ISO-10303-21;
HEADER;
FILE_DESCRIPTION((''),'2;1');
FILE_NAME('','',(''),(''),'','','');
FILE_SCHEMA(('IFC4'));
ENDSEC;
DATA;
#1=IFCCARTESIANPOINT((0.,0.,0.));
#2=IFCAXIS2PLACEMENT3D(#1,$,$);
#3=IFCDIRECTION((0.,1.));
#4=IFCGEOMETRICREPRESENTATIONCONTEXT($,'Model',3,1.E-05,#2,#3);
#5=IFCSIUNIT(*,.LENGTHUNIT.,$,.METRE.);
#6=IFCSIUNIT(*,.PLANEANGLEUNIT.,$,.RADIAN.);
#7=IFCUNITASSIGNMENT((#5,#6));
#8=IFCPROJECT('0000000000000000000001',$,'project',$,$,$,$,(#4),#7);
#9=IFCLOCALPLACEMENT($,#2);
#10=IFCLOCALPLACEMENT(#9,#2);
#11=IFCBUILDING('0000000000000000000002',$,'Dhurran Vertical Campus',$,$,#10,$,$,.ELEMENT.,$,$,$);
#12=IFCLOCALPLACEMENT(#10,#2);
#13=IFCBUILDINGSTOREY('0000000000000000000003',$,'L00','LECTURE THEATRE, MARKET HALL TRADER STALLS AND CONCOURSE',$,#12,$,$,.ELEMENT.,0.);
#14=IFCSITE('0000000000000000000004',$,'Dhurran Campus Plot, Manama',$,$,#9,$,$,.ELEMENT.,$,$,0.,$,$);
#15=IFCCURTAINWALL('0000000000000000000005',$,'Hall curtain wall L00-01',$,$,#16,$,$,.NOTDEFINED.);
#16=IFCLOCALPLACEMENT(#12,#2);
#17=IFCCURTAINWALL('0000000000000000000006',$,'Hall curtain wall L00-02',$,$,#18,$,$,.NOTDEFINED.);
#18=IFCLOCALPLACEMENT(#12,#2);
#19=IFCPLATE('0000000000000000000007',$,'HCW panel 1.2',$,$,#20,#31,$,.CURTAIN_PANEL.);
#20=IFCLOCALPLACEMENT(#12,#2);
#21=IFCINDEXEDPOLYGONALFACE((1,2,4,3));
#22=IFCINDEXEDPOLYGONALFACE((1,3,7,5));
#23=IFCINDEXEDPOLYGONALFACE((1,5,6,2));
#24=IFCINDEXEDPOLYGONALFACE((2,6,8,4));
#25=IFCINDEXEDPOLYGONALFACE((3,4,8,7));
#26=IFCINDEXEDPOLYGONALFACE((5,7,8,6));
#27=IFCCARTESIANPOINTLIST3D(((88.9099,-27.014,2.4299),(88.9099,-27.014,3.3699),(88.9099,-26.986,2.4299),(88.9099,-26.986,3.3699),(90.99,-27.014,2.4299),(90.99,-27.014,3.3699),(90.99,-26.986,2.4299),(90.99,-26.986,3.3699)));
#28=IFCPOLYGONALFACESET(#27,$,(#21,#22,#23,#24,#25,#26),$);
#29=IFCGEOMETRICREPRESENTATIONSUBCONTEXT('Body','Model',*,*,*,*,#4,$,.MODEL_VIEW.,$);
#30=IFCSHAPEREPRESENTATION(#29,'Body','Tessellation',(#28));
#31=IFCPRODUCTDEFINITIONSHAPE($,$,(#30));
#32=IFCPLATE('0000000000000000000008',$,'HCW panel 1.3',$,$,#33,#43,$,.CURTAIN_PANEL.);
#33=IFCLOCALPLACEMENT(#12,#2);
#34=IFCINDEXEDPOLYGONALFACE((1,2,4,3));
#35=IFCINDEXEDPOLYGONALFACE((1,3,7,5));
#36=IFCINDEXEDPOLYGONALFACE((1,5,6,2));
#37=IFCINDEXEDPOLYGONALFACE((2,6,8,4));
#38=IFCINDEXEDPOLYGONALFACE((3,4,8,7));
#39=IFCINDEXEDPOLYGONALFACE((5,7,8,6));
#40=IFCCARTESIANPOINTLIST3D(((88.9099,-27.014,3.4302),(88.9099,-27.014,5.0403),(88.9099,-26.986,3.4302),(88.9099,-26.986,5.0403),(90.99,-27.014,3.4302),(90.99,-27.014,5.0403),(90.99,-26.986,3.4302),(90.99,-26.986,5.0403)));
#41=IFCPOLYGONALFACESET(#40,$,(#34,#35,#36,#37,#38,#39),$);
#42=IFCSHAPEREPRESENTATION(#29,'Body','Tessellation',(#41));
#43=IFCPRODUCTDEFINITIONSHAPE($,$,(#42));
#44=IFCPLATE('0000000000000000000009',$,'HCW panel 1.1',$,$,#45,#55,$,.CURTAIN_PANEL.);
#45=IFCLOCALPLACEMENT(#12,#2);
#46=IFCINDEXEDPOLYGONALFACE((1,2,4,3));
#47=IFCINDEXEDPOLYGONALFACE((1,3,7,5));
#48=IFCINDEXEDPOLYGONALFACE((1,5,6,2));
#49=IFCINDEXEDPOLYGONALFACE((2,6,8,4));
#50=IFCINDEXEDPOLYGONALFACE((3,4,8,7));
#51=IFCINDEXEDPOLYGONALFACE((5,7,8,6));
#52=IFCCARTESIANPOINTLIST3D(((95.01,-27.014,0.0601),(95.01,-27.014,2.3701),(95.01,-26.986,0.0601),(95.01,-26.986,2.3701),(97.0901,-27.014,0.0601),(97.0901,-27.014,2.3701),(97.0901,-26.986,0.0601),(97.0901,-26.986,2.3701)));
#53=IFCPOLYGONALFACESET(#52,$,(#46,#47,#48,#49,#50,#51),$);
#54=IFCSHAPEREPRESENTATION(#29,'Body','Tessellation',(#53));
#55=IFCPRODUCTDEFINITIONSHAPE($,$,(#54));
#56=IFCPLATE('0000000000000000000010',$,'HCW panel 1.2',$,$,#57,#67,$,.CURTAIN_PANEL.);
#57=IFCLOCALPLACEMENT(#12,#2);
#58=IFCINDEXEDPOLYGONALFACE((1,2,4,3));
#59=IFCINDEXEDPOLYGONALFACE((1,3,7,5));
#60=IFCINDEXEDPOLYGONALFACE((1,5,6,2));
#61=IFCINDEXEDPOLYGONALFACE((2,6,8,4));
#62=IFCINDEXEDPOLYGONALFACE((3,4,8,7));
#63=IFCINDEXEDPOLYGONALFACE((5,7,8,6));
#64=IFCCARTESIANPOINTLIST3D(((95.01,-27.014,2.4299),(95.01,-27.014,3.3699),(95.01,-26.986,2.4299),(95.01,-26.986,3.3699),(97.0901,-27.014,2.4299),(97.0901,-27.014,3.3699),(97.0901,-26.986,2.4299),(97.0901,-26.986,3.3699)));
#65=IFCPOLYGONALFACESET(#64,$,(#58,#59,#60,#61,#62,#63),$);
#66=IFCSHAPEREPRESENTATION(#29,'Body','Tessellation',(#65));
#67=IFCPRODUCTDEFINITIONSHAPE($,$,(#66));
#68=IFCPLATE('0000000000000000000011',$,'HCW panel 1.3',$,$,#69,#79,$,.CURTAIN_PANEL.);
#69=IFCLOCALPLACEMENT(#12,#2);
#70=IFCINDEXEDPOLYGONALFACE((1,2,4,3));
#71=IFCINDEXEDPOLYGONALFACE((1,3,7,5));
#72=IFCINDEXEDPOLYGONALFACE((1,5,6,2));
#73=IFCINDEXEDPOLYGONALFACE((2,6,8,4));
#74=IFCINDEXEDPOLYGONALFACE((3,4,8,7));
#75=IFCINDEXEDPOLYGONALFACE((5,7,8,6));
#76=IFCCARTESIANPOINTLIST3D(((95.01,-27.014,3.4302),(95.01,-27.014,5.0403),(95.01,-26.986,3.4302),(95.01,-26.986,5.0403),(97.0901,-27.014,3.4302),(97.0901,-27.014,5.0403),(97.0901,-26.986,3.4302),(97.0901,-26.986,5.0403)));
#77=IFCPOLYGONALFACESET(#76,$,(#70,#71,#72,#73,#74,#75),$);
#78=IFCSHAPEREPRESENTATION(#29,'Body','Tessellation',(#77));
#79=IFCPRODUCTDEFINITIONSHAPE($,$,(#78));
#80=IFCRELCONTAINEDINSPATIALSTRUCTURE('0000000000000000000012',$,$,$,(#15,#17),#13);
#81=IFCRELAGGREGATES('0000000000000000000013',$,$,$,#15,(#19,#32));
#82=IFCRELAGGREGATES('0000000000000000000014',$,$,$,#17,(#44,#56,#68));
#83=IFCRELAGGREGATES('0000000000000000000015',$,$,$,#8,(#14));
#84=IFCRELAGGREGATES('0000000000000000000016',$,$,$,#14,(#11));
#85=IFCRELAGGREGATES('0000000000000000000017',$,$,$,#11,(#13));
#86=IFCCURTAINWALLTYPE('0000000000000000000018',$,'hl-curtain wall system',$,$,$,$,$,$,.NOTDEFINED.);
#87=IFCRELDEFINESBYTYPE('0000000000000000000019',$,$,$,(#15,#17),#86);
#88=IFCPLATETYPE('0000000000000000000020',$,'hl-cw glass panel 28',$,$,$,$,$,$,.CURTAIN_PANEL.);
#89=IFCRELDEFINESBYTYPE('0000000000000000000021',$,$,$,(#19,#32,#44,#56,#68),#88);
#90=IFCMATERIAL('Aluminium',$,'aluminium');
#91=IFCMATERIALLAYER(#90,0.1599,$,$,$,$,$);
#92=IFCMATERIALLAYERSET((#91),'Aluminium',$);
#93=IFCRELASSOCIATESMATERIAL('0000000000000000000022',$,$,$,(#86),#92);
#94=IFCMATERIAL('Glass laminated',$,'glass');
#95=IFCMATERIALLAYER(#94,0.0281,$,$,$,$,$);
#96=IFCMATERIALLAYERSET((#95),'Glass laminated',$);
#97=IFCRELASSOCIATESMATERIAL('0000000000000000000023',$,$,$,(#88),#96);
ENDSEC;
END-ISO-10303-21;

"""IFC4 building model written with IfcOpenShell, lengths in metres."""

from ifc_helpers import new_model, si_unit, direction, frame, origin, origin_2d, place, context, subcontext, project, spatial, rectangle, extrude, material, layer, layer_set, type_object, element, aggregate, save


model = new_model("IFC4")

# Units and contexts
model_context = context("Model", 3, precision=1e-05, world=origin(), true_north=direction((0.0, 1.0)))
body_context = subcontext(model_context, "Body", "Model", "MODEL_VIEW")
ifc_project = project(units=[si_unit("LENGTHUNIT", "METRE"), si_unit("PLANEANGLEUNIT", "RADIAN")], contexts=[model_context])

# Site, building, storey
site_placement = place(None, origin())
site = spatial("IfcSite", under=ifc_project, at=site_placement, Name="Dhurran Campus Plot, Manama", CompositionType="ELEMENT", RefElevation=0.0)
building_placement = place(site_placement, origin())
building = spatial("IfcBuilding", under=site, at=building_placement, Name="Dhurran Vertical Campus", CompositionType="ELEMENT")
storey_placement = place(building_placement, origin())
storey = spatial("IfcBuildingStorey", under=building, at=storey_placement, Name="L00", Description="LECTURE THEATRE, MARKET HALL TRADER STALLS AND CONCOURSE", CompositionType="ELEMENT", Elevation=0.0)

# Curtain wall
ifc_material_1 = material(Name="Aluminium", Category="aluminium")
ifc_layer_1 = layer(ifc_material_1, 0.1599)
ifc_layer_set_1 = layer_set([ifc_layer_1], Name="Aluminium")
curtain_wall_type = type_object("IfcCurtainWallType", Name="hl-curtain wall system", PredefinedType="NOTDEFINED", material=ifc_layer_set_1)
curtain_wall_1_placement = place(storey_placement, origin())
curtain_wall_1 = element("IfcCurtainWall", 1, at=curtain_wall_1_placement, inside=storey, type_object=curtain_wall_type, Name="Hall curtain wall L00-01", PredefinedType="NOTDEFINED")

# Curtain wall
curtain_wall_2_placement = place(storey_placement, origin())
curtain_wall_2 = element("IfcCurtainWall", 2, at=curtain_wall_2_placement, inside=storey, type_object=curtain_wall_type, Name="Hall curtain wall L00-02", PredefinedType="NOTDEFINED")

# Plates
ifc_material_2 = material(Name="Glass laminated", Category="glass")
ifc_layer_2 = layer(ifc_material_2, 0.0281)
ifc_layer_set_2 = layer_set([ifc_layer_2], Name="Glass laminated")
plate_type = type_object("IfcPlateType", Name="hl-cw glass panel 28", PredefinedType="CURTAIN_PANEL", material=ifc_layer_set_2)
plate_1_placement = place(storey_placement, frame((89.95, -27.0, 2.4299), z_axis=(0.0, 0.0, 1.0), x_axis=(1.0, 0.0, 0.0)))
plate_1 = element("IfcPlate", 3, at=plate_1_placement, type_object=plate_type, Name="HCW panel 1.2", PredefinedType="CURTAIN_PANEL", context=body_context, shape_type="SweptSolid", body=[
    extrude(rectangle(XDim=2.0801, YDim=0.0281, at=origin_2d()), origin(), (0.0, 0.0, 1.0), 0.9399),
])
plate_2_placement = place(storey_placement, frame((89.95, -27.0, 3.4302), z_axis=(0.0, 0.0, 1.0), x_axis=(1.0, 0.0, 0.0)))
plate_2 = element("IfcPlate", 4, at=plate_2_placement, type_object=plate_type, Name="HCW panel 1.3", PredefinedType="CURTAIN_PANEL", context=body_context, shape_type="SweptSolid", body=[
    extrude(rectangle(XDim=2.0801, YDim=0.0281, at=origin_2d()), origin(), (0.0, 0.0, 1.0), 1.6101),
])
aggregate(curtain_wall_1, [plate_1, plate_2])
plate_3_placement = place(storey_placement, frame((96.05, -27.0, 0.0601), z_axis=(0.0, 0.0, 1.0), x_axis=(1.0, 0.0, 0.0)))
plate_3 = element("IfcPlate", 5, at=plate_3_placement, type_object=plate_type, Name="HCW panel 1.1", PredefinedType="CURTAIN_PANEL", context=body_context, shape_type="SweptSolid", body=[
    extrude(rectangle(XDim=2.0801, YDim=0.0281, at=origin_2d()), origin(), (0.0, 0.0, 1.0), 2.3101),
])
plate_4_placement = place(storey_placement, frame((96.05, -27.0, 2.4299), z_axis=(0.0, 0.0, 1.0), x_axis=(1.0, 0.0, 0.0)))
plate_4 = element("IfcPlate", 6, at=plate_4_placement, type_object=plate_type, Name="HCW panel 1.2", PredefinedType="CURTAIN_PANEL", context=body_context, shape_type="SweptSolid", body=[
    extrude(rectangle(XDim=2.0801, YDim=0.0281, at=origin_2d()), origin(), (0.0, 0.0, 1.0), 0.9399),
])
plate_5_placement = place(storey_placement, frame((96.05, -27.0, 3.4302), z_axis=(0.0, 0.0, 1.0), x_axis=(1.0, 0.0, 0.0)))
plate_5 = element("IfcPlate", 7, at=plate_5_placement, type_object=plate_type, Name="HCW panel 1.3", PredefinedType="CURTAIN_PANEL", context=body_context, shape_type="SweptSolid", body=[
    extrude(rectangle(XDim=2.0801, YDim=0.0281, at=origin_2d()), origin(), (0.0, 0.0, 1.0), 1.6101),
])
aggregate(curtain_wall_2, [plate_3, plate_4, plate_5])

save(model, "model.ifc")
